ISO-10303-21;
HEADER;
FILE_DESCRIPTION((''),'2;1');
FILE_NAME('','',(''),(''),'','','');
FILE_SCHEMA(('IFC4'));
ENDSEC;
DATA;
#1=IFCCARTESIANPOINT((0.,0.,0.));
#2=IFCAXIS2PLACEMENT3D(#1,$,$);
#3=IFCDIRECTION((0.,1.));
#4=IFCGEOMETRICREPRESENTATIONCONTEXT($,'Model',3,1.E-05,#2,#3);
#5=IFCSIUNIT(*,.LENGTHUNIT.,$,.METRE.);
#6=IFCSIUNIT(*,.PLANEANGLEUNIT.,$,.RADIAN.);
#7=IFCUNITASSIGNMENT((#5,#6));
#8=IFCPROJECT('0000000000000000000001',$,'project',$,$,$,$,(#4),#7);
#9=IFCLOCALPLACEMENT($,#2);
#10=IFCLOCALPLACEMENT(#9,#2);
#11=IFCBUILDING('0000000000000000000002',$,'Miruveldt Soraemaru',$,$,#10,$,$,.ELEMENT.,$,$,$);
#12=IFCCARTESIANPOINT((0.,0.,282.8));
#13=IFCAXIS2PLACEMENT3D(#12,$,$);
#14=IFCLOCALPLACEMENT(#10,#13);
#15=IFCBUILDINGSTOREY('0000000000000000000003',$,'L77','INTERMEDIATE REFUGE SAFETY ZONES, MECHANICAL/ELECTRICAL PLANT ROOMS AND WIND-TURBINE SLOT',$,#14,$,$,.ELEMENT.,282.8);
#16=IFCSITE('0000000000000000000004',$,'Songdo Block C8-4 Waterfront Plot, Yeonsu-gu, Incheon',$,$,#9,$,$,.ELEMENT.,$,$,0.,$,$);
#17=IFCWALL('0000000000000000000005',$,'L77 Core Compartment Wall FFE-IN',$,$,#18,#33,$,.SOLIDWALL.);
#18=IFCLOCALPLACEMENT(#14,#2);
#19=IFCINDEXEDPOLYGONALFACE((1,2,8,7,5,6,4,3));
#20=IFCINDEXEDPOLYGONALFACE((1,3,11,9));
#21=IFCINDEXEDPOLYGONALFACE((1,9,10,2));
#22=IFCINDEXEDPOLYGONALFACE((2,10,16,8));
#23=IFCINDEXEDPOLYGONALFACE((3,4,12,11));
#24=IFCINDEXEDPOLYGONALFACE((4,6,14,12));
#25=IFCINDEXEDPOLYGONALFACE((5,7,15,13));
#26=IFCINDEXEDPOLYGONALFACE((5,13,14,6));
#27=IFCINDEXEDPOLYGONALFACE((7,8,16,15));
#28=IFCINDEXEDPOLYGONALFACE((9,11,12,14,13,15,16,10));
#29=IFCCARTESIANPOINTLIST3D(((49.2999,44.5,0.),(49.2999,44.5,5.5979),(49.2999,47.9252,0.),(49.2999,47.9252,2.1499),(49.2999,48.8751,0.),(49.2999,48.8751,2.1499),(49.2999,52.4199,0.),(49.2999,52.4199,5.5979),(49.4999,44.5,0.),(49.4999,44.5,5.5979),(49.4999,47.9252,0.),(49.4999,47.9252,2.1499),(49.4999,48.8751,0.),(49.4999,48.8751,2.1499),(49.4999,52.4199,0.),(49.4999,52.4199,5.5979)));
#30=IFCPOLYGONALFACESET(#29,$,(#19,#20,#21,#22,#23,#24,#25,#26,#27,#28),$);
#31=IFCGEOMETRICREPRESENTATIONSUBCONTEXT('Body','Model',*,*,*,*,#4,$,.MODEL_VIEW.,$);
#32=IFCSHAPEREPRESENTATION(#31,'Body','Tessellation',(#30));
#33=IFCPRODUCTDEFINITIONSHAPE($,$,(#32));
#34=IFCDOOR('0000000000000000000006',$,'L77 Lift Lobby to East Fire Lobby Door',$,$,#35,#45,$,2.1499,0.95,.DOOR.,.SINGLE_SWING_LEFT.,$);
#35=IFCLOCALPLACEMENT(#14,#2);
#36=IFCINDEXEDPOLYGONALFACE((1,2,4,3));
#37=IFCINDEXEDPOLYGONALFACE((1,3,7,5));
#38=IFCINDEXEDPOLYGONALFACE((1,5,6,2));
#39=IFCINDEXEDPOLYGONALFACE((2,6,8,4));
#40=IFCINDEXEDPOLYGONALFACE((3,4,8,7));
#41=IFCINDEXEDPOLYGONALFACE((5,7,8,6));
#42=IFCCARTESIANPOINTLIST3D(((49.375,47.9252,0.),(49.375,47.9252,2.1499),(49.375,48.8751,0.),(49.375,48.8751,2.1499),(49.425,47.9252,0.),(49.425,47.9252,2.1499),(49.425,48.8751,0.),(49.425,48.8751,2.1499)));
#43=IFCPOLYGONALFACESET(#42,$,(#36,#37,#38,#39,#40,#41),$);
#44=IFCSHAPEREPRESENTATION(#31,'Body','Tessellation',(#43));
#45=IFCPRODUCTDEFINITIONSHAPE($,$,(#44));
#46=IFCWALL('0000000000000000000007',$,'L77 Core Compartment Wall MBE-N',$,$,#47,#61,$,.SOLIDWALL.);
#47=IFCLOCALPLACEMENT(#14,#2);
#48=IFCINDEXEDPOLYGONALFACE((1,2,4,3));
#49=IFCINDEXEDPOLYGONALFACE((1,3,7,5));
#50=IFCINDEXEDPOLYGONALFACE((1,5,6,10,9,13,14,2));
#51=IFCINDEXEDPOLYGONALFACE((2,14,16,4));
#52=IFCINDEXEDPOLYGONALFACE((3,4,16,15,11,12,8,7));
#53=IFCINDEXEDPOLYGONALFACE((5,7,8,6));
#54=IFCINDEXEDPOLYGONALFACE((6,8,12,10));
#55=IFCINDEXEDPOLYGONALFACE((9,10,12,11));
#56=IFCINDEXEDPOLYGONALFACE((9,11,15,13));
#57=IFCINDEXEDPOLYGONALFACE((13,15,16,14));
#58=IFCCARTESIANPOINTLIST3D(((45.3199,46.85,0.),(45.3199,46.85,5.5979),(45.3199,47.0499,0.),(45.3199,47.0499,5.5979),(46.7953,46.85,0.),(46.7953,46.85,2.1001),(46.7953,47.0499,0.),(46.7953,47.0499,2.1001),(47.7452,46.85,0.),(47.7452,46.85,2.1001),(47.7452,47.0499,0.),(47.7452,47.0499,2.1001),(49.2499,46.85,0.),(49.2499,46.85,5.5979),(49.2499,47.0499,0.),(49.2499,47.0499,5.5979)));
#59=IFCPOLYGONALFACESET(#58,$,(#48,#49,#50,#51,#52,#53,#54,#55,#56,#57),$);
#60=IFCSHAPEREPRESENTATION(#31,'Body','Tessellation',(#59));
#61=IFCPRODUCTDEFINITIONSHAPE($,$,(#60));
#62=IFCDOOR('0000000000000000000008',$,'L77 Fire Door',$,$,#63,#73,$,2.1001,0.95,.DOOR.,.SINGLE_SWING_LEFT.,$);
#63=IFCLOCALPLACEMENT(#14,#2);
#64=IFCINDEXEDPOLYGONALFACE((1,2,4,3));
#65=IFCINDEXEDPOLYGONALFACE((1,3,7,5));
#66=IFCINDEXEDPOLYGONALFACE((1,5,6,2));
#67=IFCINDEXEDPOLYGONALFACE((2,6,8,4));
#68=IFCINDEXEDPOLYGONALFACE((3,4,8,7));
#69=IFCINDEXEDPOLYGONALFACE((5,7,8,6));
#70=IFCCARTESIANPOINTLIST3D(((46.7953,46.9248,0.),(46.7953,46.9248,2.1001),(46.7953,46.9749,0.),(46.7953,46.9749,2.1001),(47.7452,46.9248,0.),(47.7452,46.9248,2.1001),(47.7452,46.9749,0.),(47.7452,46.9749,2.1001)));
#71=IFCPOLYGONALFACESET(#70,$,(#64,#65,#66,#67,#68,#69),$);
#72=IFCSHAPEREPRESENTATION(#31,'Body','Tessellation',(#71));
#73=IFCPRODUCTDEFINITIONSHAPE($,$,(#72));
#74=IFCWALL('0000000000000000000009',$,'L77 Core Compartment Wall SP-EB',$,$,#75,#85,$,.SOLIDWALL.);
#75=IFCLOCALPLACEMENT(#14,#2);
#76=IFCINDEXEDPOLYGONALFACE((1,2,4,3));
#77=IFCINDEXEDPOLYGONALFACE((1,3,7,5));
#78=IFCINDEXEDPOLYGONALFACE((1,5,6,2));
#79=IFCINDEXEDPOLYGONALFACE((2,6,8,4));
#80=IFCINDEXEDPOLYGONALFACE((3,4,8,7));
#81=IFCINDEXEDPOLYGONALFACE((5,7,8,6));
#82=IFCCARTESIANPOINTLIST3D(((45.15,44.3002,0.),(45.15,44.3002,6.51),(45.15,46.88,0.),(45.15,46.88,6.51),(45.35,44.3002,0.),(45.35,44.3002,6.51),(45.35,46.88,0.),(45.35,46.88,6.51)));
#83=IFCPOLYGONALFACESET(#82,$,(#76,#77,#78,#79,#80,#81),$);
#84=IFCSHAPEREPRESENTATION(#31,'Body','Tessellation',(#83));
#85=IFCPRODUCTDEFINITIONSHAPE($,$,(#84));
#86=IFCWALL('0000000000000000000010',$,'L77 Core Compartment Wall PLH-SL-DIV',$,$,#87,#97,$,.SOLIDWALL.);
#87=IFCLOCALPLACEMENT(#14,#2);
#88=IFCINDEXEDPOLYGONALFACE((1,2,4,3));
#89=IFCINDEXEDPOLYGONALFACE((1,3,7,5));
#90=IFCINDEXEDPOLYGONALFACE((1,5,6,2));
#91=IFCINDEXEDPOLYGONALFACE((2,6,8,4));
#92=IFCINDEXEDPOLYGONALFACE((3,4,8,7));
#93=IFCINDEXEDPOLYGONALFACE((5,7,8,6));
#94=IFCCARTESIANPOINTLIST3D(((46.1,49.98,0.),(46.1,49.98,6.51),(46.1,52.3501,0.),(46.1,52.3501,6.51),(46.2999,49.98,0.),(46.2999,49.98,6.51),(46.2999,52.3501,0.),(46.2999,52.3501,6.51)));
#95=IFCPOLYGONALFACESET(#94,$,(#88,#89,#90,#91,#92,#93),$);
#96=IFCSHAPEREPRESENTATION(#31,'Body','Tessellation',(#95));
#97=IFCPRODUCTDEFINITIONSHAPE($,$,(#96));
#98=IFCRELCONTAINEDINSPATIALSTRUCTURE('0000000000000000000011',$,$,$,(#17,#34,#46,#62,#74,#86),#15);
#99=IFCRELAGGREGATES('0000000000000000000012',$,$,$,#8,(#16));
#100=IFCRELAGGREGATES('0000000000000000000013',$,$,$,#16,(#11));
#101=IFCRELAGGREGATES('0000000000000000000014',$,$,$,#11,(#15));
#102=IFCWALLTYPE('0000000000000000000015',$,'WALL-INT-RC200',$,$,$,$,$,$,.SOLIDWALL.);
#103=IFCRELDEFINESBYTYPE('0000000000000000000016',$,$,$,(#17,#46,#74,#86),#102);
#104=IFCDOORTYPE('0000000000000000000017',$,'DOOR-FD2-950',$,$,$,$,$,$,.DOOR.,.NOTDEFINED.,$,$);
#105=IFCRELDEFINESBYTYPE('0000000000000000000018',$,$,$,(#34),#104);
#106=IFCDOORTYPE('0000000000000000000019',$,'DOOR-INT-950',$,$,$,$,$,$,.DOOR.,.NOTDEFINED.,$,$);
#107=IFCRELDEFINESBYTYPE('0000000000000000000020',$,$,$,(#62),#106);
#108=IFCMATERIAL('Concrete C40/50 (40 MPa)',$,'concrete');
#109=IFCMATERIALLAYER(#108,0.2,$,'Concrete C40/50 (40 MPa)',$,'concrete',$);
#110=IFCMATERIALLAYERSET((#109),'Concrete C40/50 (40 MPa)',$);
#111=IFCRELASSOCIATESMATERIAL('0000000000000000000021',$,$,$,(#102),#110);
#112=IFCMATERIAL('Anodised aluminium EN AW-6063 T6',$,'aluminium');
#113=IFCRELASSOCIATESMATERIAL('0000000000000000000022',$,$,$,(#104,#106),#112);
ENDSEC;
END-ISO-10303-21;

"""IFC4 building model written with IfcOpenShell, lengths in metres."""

from ifc_helpers import new_model, si_unit, direction, frame, frame_2d, origin, place, context, subcontext, project, spatial, rectangle, extrude, material, layer, layer_set, type_object, element, fill, save


model = new_model("IFC4")

# Units and contexts
model_context = context("Model", 3, precision=1e-05, world=origin(), true_north=direction((0.0, 1.0)))
body_context = subcontext(model_context, "Body", "Model", "MODEL_VIEW")
ifc_project = project(units=[si_unit("LENGTHUNIT", "METRE"), si_unit("PLANEANGLEUNIT", "RADIAN")], contexts=[model_context])

# Site, building, storey
site_placement = place(None, origin())
site = spatial("IfcSite", under=ifc_project, at=site_placement, Name="Songdo Block C8-4 Waterfront Plot, Yeonsu-gu, Incheon", CompositionType="ELEMENT", RefElevation=0.0)
building_placement = place(site_placement, origin())
building = spatial("IfcBuilding", under=site, at=building_placement, Name="Miruveldt Soraemaru", CompositionType="ELEMENT")
storey_placement = place(building_placement, frame((0.0, 0.0, 282.8)))
storey = spatial("IfcBuildingStorey", under=building, at=storey_placement, Name="L77", Description="INTERMEDIATE REFUGE SAFETY ZONES, MECHANICAL/ELECTRICAL PLANT ROOMS AND WIND-TURBINE SLOT", CompositionType="ELEMENT", Elevation=282.8)

# Wall, opening, door
ifc_material_1 = material(Name="Concrete C40/50 (40 MPa)", Category="concrete")
ifc_layer_1 = layer(ifc_material_1, 0.2, Name="Concrete C40/50 (40 MPa)", Category="concrete")
ifc_layer_set_1 = layer_set([ifc_layer_1], Name="Concrete C40/50 (40 MPa)")
wall_type_1 = type_object("IfcWallType", Name="WALL-INT-RC200", PredefinedType="SOLIDWALL", material=ifc_layer_set_1)
wall_1_placement = place(storey_placement, frame((49.3999, 44.5, 0.0), z_axis=(0.0, 0.0, 1.0), x_axis=(0.0, 1.0, 0.0)))
wall_1 = element("IfcWall", 1, at=wall_1_placement, inside=storey, type_object=wall_type_1, Name="L77 Core Compartment Wall FFE-IN", PredefinedType="SOLIDWALL", context=body_context, shape_type="SweptSolid", body=[
    extrude(rectangle(XDim=7.9199, YDim=0.2, at=frame_2d((3.96, 0.0))), origin(), (0.0, 0.0, 1.0), 5.5979),
])
opening_1_placement = place(wall_1_placement, frame((3.425, 0.0, 0.0)))
opening_1 = element("IfcOpeningElement", 2, at=opening_1_placement, cuts=wall_1, PredefinedType="OPENING", context=body_context, shape_type="SweptSolid", body=[
    extrude(rectangle(XDim=0.95, YDim=2.1499, at=frame_2d((0.4751, 1.075))), frame((0.0, 0.1099, 0.0), z_axis=(0.0, -1.0, 0.0), x_axis=(1.0, 0.0, 0.0)), (0.0, 0.0, 1.0), 0.22),
])
ifc_material_2 = material(Name="Anodised aluminium EN AW-6063 T6", Category="aluminium")
door_type_1 = type_object("IfcDoorType", Name="DOOR-FD2-950", OperationType="NOTDEFINED", PredefinedType="DOOR", material=ifc_material_2)
door_1_placement = place(opening_1_placement, origin())
door_1 = element("IfcDoor", 3, at=door_1_placement, inside=storey, type_object=door_type_1, Name="L77 Lift Lobby to East Fire Lobby Door", OperationType="SINGLE_SWING_LEFT", OverallHeight=2.1499, OverallWidth=0.95, PredefinedType="DOOR", context=body_context, shape_type="SweptSolid", body=[
    extrude(rectangle(XDim=0.95, YDim=2.1499, at=frame_2d((0.4751, 1.075))), frame((0.0, 0.0249, 0.0), z_axis=(0.0, -1.0, 0.0), x_axis=(1.0, 0.0, 0.0)), (0.0, 0.0, 1.0), 0.05),
])
fill(opening_1, door_1)

# Wall, opening, door
wall_2_placement = place(storey_placement, frame((45.3201, 46.95, 0.0), z_axis=(0.0, 0.0, 1.0), x_axis=(1.0, 0.0, 0.0)))
wall_2 = element("IfcWall", 4, at=wall_2_placement, inside=storey, type_object=wall_type_1, Name="L77 Core Compartment Wall MBE-N", PredefinedType="SOLIDWALL", context=body_context, shape_type="SweptSolid", body=[
    extrude(rectangle(XDim=3.9299, YDim=0.2, at=frame_2d((1.9648, 0.0))), origin(), (0.0, 0.0, 1.0), 5.5979),
])
opening_2_placement = place(wall_2_placement, frame((1.4751, 0.0, 0.0)))
opening_2 = element("IfcOpeningElement", 5, at=opening_2_placement, cuts=wall_2, PredefinedType="OPENING", context=body_context, shape_type="SweptSolid", body=[
    extrude(rectangle(XDim=0.95, YDim=2.1001, at=frame_2d((0.4751, 1.05))), frame((0.0, 0.1099, 0.0), z_axis=(0.0, -1.0, 0.0), x_axis=(1.0, 0.0, 0.0)), (0.0, 0.0, 1.0), 0.22),
])
door_type_2 = type_object("IfcDoorType", Name="DOOR-INT-950", OperationType="NOTDEFINED", PredefinedType="DOOR", material=ifc_material_2)
door_2_placement = place(opening_2_placement, origin())
door_2 = element("IfcDoor", 6, at=door_2_placement, inside=storey, type_object=door_type_2, Name="L77 Fire Door", OperationType="SINGLE_SWING_LEFT", OverallHeight=2.1001, OverallWidth=0.95, PredefinedType="DOOR", context=body_context, shape_type="SweptSolid", body=[
    extrude(rectangle(XDim=0.95, YDim=2.1001, at=frame_2d((0.4751, 1.05))), frame((0.0, 0.0249, 0.0), z_axis=(0.0, -1.0, 0.0), x_axis=(1.0, 0.0, 0.0)), (0.0, 0.0, 1.0), 0.05),
])
fill(opening_2, door_2)

# Walls
wall_3_placement = place(storey_placement, frame((45.25, 44.3, 0.0), z_axis=(0.0, 0.0, 1.0), x_axis=(0.0, 1.0, 0.0)))
element("IfcWall", 7, at=wall_3_placement, inside=storey, type_object=wall_type_1, Name="L77 Core Compartment Wall SP-EB", PredefinedType="SOLIDWALL", context=body_context, shape_type="SweptSolid", body=[
    extrude(rectangle(XDim=2.5798, YDim=0.2, at=frame_2d((1.29, 0.0))), origin(), (0.0, 0.0, 1.0), 6.51),
])
wall_4_placement = place(storey_placement, frame((46.2, 49.98, 0.0), z_axis=(0.0, 0.0, 1.0), x_axis=(0.0, 1.0, 0.0)))
element("IfcWall", 8, at=wall_4_placement, inside=storey, type_object=wall_type_1, Name="L77 Core Compartment Wall PLH-SL-DIV", PredefinedType="SOLIDWALL", context=body_context, shape_type="SweptSolid", body=[
    extrude(rectangle(XDim=2.3701, YDim=0.2, at=frame_2d((1.1851, 0.0))), origin(), (0.0, 0.0, 1.0), 6.51),
])

save(model, "model.ifc")
